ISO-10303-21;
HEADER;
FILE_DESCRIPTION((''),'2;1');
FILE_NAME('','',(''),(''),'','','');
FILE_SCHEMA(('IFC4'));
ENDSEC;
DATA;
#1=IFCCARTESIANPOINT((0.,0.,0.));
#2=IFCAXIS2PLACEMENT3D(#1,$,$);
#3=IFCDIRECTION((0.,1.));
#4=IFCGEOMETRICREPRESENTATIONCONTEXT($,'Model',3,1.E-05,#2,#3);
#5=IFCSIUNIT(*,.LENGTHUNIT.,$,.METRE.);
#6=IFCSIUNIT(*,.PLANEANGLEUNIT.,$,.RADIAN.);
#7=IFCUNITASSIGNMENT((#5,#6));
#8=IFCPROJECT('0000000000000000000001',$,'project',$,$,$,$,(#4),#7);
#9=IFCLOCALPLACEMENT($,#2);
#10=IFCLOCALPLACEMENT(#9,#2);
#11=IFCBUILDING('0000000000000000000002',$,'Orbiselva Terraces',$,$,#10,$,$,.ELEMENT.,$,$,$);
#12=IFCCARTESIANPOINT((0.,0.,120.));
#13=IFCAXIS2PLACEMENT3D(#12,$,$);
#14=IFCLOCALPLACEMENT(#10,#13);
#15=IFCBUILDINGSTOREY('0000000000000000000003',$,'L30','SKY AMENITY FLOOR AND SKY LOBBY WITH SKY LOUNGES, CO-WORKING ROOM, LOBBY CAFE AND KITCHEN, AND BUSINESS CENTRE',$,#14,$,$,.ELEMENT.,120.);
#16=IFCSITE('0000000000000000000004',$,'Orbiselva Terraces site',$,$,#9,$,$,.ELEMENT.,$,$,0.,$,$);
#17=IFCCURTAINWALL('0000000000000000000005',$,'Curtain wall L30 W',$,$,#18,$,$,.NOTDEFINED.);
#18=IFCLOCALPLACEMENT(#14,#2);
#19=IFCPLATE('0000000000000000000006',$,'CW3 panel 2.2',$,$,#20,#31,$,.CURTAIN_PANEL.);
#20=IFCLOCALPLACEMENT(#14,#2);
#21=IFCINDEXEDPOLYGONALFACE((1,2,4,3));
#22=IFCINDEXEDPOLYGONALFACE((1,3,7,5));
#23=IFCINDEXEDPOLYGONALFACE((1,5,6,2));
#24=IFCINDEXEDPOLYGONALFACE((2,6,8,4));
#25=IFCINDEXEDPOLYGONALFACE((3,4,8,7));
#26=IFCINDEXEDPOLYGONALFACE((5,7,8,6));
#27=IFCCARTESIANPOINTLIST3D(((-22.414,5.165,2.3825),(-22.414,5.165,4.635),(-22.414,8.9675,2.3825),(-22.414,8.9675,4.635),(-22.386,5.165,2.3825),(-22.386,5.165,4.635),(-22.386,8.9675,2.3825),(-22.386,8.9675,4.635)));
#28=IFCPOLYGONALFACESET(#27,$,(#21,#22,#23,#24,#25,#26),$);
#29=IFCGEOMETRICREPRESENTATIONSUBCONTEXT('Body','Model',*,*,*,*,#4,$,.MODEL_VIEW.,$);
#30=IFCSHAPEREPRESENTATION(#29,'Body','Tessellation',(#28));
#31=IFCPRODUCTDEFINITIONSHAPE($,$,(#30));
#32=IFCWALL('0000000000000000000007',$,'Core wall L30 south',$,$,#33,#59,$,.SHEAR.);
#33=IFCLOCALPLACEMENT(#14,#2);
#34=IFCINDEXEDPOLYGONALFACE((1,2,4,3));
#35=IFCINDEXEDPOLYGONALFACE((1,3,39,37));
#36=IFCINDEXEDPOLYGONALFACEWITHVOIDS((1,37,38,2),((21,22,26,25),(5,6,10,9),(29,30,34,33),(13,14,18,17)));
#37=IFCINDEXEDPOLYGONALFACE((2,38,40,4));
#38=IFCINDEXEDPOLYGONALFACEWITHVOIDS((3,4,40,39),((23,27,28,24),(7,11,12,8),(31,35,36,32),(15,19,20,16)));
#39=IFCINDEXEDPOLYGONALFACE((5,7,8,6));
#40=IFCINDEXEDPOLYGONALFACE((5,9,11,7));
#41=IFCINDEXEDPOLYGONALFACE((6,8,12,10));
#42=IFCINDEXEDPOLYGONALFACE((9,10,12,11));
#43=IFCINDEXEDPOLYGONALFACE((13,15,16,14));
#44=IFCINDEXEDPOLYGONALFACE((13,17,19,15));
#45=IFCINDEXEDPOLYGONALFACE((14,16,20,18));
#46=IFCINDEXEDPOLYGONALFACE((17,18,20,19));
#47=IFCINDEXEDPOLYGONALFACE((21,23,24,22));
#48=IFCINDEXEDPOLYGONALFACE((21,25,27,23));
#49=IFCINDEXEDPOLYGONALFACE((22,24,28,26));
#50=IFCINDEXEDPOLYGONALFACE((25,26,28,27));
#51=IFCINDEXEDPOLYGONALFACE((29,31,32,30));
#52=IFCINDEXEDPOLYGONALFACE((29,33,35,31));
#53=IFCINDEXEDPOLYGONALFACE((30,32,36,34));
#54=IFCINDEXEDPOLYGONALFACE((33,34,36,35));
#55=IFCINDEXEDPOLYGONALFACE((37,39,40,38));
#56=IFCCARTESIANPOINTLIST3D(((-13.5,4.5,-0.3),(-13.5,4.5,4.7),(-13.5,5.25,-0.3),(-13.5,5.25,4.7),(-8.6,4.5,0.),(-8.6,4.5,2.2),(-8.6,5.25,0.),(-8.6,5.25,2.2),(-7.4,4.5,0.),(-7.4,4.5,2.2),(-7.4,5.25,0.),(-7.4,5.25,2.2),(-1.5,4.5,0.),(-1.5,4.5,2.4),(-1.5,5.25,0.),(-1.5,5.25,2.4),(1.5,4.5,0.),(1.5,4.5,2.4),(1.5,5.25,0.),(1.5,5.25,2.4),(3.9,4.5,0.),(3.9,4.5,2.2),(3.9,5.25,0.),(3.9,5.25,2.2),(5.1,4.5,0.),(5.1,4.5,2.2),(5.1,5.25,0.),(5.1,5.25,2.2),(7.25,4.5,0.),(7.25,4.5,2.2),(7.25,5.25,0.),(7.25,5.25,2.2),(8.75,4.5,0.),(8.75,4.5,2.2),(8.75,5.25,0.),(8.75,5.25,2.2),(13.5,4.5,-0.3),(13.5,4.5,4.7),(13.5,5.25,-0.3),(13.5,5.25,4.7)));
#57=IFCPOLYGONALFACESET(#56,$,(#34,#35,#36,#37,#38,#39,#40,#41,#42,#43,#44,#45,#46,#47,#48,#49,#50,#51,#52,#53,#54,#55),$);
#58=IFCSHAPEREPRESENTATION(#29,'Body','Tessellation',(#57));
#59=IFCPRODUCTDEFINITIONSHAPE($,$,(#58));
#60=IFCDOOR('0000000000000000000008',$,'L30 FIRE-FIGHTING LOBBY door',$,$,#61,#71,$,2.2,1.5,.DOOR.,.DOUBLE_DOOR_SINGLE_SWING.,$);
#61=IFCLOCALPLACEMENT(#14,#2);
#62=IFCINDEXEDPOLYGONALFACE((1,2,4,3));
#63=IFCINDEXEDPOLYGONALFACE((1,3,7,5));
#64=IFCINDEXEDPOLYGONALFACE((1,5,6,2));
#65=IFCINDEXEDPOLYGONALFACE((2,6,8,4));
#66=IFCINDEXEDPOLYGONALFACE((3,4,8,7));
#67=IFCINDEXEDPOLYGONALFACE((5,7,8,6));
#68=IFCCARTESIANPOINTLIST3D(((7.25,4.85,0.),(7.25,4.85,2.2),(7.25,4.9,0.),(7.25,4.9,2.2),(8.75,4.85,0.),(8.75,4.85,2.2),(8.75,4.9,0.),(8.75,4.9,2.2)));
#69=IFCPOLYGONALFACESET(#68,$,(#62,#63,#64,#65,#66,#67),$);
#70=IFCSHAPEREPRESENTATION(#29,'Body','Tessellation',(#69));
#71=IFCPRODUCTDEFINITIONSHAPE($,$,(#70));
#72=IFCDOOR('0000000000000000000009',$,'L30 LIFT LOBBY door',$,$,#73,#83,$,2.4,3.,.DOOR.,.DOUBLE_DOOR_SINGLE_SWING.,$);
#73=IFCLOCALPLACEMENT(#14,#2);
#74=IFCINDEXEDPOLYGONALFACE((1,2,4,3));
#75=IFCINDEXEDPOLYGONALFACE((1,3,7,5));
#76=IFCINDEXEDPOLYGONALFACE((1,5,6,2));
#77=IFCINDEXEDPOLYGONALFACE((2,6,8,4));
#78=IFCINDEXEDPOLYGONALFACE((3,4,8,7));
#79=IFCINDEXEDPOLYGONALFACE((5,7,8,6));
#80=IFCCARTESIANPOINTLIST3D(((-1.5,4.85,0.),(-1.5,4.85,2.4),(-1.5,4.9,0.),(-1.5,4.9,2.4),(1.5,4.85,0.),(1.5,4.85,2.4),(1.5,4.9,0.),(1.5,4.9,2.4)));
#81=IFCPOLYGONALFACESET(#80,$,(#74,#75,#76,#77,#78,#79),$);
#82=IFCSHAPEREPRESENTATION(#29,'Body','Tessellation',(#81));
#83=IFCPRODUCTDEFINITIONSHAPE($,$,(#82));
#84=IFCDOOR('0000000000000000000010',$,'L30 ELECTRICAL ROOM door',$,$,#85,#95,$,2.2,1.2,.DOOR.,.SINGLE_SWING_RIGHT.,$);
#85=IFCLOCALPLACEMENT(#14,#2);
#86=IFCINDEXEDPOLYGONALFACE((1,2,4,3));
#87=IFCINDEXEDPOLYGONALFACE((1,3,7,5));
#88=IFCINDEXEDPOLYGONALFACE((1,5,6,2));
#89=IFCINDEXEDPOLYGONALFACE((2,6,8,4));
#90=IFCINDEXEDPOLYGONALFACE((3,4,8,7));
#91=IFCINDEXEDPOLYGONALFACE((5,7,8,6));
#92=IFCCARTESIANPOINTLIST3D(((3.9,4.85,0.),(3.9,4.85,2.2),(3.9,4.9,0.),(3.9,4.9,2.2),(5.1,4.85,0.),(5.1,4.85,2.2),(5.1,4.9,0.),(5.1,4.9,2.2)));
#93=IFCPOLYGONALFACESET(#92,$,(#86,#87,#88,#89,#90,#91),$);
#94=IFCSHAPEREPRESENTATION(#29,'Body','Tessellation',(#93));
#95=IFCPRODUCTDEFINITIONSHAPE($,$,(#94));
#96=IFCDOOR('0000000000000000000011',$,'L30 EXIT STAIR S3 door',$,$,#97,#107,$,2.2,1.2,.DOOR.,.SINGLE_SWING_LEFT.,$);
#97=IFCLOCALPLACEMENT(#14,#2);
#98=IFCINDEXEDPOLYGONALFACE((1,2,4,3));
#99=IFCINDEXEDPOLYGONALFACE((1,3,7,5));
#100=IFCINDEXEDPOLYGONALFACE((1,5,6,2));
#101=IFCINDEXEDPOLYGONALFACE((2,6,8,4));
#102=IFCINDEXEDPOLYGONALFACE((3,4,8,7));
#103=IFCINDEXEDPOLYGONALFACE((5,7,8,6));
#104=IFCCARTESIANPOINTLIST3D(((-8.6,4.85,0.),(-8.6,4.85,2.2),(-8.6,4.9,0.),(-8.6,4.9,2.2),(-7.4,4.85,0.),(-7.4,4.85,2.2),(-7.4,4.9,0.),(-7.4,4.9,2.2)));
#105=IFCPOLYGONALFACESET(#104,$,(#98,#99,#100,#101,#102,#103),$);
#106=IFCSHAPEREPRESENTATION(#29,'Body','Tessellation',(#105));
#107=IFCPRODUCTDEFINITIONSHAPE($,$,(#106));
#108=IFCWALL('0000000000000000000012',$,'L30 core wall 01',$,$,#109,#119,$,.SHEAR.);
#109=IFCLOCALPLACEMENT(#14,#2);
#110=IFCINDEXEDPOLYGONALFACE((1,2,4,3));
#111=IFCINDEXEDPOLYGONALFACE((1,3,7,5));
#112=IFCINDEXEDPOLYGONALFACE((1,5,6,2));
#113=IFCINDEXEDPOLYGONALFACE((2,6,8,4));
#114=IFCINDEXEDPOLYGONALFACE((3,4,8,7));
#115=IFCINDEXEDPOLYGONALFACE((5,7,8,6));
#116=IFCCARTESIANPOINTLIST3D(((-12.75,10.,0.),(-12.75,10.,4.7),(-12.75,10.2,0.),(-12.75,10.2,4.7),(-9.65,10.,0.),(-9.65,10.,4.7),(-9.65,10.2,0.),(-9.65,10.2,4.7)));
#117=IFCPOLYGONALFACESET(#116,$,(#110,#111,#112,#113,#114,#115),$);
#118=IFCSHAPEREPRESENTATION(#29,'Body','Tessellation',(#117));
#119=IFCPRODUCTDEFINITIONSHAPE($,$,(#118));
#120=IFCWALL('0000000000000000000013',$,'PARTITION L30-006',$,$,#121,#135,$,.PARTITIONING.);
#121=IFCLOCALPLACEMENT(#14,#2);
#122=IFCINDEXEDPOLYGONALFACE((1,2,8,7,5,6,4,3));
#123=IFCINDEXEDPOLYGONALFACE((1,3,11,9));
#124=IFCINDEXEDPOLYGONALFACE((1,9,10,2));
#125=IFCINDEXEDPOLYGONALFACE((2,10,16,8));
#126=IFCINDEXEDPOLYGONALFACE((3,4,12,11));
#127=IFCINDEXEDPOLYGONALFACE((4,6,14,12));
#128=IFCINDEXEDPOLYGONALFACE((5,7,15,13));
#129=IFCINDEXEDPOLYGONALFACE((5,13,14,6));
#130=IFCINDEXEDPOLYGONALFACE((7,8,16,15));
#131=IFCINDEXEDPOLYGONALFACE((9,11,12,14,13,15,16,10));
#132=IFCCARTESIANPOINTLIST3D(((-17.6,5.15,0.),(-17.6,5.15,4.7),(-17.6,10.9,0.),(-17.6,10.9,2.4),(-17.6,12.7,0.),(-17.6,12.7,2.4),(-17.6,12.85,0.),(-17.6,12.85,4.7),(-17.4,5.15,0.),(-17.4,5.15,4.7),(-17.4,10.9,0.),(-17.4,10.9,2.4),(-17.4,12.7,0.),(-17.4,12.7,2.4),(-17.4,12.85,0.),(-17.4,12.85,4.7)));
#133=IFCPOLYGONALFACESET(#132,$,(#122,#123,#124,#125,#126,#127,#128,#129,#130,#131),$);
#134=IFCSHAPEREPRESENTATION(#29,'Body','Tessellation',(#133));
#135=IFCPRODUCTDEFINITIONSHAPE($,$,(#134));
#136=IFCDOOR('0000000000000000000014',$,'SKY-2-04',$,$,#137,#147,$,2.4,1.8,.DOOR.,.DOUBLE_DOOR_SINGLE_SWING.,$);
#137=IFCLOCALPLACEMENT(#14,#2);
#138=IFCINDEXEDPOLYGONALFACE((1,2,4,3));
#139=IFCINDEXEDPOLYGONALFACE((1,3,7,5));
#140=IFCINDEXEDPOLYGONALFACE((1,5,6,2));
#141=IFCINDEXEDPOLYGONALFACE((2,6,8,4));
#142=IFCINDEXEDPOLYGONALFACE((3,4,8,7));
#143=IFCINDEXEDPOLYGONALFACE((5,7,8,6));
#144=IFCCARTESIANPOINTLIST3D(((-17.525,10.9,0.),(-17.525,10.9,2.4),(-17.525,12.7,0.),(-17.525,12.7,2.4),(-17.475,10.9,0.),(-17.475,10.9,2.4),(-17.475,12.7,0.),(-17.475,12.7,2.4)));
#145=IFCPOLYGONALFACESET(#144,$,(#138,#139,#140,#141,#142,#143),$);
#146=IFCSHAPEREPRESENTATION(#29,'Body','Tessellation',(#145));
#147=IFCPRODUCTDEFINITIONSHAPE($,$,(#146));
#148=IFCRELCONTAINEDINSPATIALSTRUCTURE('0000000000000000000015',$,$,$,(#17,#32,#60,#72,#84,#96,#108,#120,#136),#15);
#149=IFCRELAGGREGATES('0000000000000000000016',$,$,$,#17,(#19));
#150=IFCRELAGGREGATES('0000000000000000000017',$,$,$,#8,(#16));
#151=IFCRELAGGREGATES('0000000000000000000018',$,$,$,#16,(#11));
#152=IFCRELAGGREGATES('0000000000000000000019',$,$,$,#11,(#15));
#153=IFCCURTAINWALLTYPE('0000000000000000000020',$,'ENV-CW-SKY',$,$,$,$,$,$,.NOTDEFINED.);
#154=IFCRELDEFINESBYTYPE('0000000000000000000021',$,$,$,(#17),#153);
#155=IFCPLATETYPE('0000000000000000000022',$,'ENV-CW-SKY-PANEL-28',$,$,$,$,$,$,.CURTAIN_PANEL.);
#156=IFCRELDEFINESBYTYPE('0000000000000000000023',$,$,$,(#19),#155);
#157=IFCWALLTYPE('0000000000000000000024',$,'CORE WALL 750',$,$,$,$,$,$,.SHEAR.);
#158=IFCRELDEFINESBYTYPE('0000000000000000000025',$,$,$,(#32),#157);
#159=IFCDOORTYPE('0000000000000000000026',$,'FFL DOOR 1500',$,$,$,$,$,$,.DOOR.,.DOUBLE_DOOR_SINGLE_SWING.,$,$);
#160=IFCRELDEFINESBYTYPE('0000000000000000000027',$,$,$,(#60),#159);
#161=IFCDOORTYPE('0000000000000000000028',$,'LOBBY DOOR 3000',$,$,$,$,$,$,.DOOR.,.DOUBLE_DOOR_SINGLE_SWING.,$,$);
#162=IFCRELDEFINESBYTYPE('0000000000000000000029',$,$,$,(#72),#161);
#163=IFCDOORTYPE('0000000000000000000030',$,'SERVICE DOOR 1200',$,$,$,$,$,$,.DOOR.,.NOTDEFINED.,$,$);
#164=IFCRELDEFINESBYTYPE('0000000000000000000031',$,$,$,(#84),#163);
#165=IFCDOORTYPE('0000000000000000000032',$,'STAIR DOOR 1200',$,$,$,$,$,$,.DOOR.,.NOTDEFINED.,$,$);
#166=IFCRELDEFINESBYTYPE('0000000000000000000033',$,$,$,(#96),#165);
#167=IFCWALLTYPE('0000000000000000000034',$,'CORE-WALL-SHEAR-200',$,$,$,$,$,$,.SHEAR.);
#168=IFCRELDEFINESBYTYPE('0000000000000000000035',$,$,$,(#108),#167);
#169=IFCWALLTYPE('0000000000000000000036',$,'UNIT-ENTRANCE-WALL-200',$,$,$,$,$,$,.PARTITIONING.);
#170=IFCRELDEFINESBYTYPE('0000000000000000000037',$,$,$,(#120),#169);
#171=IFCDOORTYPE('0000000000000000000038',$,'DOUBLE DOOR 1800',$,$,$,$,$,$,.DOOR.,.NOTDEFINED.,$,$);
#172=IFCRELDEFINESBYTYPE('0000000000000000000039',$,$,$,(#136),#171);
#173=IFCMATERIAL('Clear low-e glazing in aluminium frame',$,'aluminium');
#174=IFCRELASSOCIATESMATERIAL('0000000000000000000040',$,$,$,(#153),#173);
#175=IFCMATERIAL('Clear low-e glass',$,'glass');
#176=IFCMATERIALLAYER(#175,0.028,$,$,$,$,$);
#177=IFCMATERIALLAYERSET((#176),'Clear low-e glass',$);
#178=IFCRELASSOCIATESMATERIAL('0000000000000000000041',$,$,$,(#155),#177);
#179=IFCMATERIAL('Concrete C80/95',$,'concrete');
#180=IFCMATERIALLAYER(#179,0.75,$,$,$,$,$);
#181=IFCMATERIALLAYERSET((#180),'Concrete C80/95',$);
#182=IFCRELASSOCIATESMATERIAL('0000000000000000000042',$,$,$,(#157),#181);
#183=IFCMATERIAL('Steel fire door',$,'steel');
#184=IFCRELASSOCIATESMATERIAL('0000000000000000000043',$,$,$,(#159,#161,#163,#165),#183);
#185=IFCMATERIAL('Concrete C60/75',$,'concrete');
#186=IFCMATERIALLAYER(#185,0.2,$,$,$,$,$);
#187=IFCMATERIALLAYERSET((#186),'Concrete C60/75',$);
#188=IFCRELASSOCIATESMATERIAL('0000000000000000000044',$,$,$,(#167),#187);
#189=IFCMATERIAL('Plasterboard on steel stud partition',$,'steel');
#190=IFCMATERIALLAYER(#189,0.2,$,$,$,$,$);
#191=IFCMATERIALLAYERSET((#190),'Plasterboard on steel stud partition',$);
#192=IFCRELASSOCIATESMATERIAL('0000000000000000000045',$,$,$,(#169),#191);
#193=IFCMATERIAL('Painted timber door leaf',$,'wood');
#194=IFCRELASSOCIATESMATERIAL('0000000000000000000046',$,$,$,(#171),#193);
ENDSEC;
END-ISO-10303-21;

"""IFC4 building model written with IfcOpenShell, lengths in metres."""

from ifc_helpers import new_model, si_unit, direction, frame, frame_2d, origin, origin_2d, place, context, subcontext, project, spatial, rectangle, extrude, material, layer, layer_set, type_object, element, fill, aggregate, save


model = new_model("IFC4")

# Units and contexts
model_context = context("Model", 3, precision=1e-05, world=origin(), true_north=direction((0.0, 1.0)))
body_context = subcontext(model_context, "Body", "Model", "MODEL_VIEW")
ifc_project = project(units=[si_unit("LENGTHUNIT", "METRE"), si_unit("PLANEANGLEUNIT", "RADIAN")], contexts=[model_context])

# Site, building, storey
site_placement = place(None, origin())
site = spatial("IfcSite", under=ifc_project, at=site_placement, Name="Orbiselva Terraces site", CompositionType="ELEMENT", RefElevation=0.0)
building_placement = place(site_placement, origin())
building = spatial("IfcBuilding", under=site, at=building_placement, Name="Orbiselva Terraces", CompositionType="ELEMENT")
storey_placement = place(building_placement, frame((0.0, 0.0, 120.0)))
storey = spatial("IfcBuildingStorey", under=building, at=storey_placement, Name="L30", Description="SKY AMENITY FLOOR AND SKY LOBBY WITH SKY LOUNGES, CO-WORKING ROOM, LOBBY CAFE AND KITCHEN, AND BUSINESS CENTRE", CompositionType="ELEMENT", Elevation=120.0)

# Shared definitions
ifc_material_1 = material(Name="Concrete C60/75", Category="concrete")

# Curtain wall, plate
ifc_material_2 = material(Name="Clear low-e glazing in aluminium frame", Category="aluminium")
curtain_wall_type = type_object("IfcCurtainWallType", Name="ENV-CW-SKY", PredefinedType="NOTDEFINED", material=ifc_material_2)
curtain_wall_placement = place(storey_placement, origin())
curtain_wall = element("IfcCurtainWall", 1, at=curtain_wall_placement, inside=storey, type_object=curtain_wall_type, Name="Curtain wall L30 W", PredefinedType="NOTDEFINED")
ifc_material_3 = material(Name="Clear low-e glass", Category="glass")
ifc_layer_1 = layer(ifc_material_3, 0.028)
ifc_layer_set_1 = layer_set([ifc_layer_1], Name="Clear low-e glass")
plate_type = type_object("IfcPlateType", Name="ENV-CW-SKY-PANEL-28", PredefinedType="CURTAIN_PANEL", material=ifc_layer_set_1)
plate_1_placement = place(storey_placement, frame((-22.4, 7.0663, 2.3825), z_axis=(0.0, 0.0, 1.0), x_axis=(0.0, -1.0, 0.0)))
plate_1 = element("IfcPlate", 2, at=plate_1_placement, type_object=plate_type, Name="CW3 panel 2.2", PredefinedType="CURTAIN_PANEL", context=body_context, shape_type="SweptSolid", body=[
    extrude(rectangle(XDim=3.8025, YDim=0.028, at=origin_2d()), origin(), (0.0, 0.0, 1.0), 2.2525),
])
aggregate(curtain_wall, [plate_1])

# Wall, openings, doors
ifc_material_4 = material(Name="Concrete C80/95", Category="concrete")
ifc_layer_2 = layer(ifc_material_4, 0.75)
ifc_layer_set_2 = layer_set([ifc_layer_2], Name="Concrete C80/95")
wall_type_1 = type_object("IfcWallType", Name="CORE WALL 750", PredefinedType="SHEAR", material=ifc_layer_set_2)
wall_1_placement = place(storey_placement, frame((-13.5, 4.875, -0.3), z_axis=(0.0, 0.0, 1.0), x_axis=(1.0, 0.0, 0.0)))
wall_1 = element("IfcWall", 3, at=wall_1_placement, inside=storey, type_object=wall_type_1, Name="Core wall L30 south", PredefinedType="SHEAR", context=body_context, shape_type="SweptSolid", body=[
    extrude(rectangle(XDim=27.0, YDim=0.75, at=frame_2d((13.5, 0.0))), origin(), (0.0, 0.0, 1.0), 5.0),
])
opening_1_placement = place(wall_1_placement, frame((12.0, 0.0, 0.3)))
opening_1 = element("IfcOpeningElement", 4, at=opening_1_placement, cuts=wall_1, PredefinedType="OPENING", context=body_context, shape_type="SweptSolid", body=[
    extrude(rectangle(XDim=3.0, YDim=2.4, at=frame_2d((1.5, 1.2))), frame((0.0, 0.385, 0.0), z_axis=(0.0, -1.0, 0.0), x_axis=(1.0, 0.0, 0.0)), (0.0, 0.0, 1.0), 0.77),
])
opening_2_placement = place(wall_1_placement, frame((4.9, 0.0, 0.3)))
opening_2 = element("IfcOpeningElement", 5, at=opening_2_placement, cuts=wall_1, PredefinedType="OPENING", context=body_context, shape_type="SweptSolid", body=[
    extrude(rectangle(XDim=1.2, YDim=2.2, at=frame_2d((0.6, 1.1))), frame((0.0, 0.385, 0.0), z_axis=(0.0, -1.0, 0.0), x_axis=(1.0, 0.0, 0.0)), (0.0, 0.0, 1.0), 0.77),
])
opening_3_placement = place(wall_1_placement, frame((20.75, 0.0, 0.3)))
opening_3 = element("IfcOpeningElement", 6, at=opening_3_placement, cuts=wall_1, PredefinedType="OPENING", context=body_context, shape_type="SweptSolid", body=[
    extrude(rectangle(XDim=1.5, YDim=2.2, at=frame_2d((0.75, 1.1))), frame((0.0, 0.385, 0.0), z_axis=(0.0, -1.0, 0.0), x_axis=(1.0, 0.0, 0.0)), (0.0, 0.0, 1.0), 0.77),
])
opening_4_placement = place(wall_1_placement, frame((17.4, 0.0, 0.3)))
opening_4 = element("IfcOpeningElement", 7, at=opening_4_placement, cuts=wall_1, PredefinedType="OPENING", context=body_context, shape_type="SweptSolid", body=[
    extrude(rectangle(XDim=1.2, YDim=2.2, at=frame_2d((0.6, 1.1))), frame((0.0, 0.385, 0.0), z_axis=(0.0, -1.0, 0.0), x_axis=(1.0, 0.0, 0.0)), (0.0, 0.0, 1.0), 0.77),
])
ifc_material_5 = material(Name="Steel fire door", Category="steel")
door_type_1 = type_object("IfcDoorType", Name="FFL DOOR 1500", OperationType="DOUBLE_DOOR_SINGLE_SWING", PredefinedType="DOOR", material=ifc_material_5)
door_1_placement = place(opening_3_placement, frame((1.5, 0.0, 0.0), z_axis=(0.0, 0.0, 1.0), x_axis=(-1.0, 0.0, 0.0)))
door_1 = element("IfcDoor", 8, at=door_1_placement, inside=storey, type_object=door_type_1, Name="L30 FIRE-FIGHTING LOBBY door", OperationType="DOUBLE_DOOR_SINGLE_SWING", OverallHeight=2.2, OverallWidth=1.5, PredefinedType="DOOR", context=body_context, shape_type="SweptSolid", body=[
    extrude(rectangle(XDim=1.5, YDim=2.2, at=frame_2d((0.75, 1.1))), frame((0.0, 0.025, 0.0), z_axis=(0.0, -1.0, 0.0), x_axis=(1.0, 0.0, 0.0)), (0.0, 0.0, 1.0), 0.05),
])
fill(opening_3, door_1)
door_type_2 = type_object("IfcDoorType", Name="LOBBY DOOR 3000", OperationType="DOUBLE_DOOR_SINGLE_SWING", PredefinedType="DOOR", material=ifc_material_5)
door_2_placement = place(opening_1_placement, frame((3.0, 0.0, 0.0), z_axis=(0.0, 0.0, 1.0), x_axis=(-1.0, 0.0, 0.0)))
door_2 = element("IfcDoor", 9, at=door_2_placement, inside=storey, type_object=door_type_2, Name="L30 LIFT LOBBY door", OperationType="DOUBLE_DOOR_SINGLE_SWING", OverallHeight=2.4, OverallWidth=3.0, PredefinedType="DOOR", context=body_context, shape_type="SweptSolid", body=[
    extrude(rectangle(XDim=3.0, YDim=2.4, at=frame_2d((1.5, 1.2))), frame((0.0, 0.025, 0.0), z_axis=(0.0, -1.0, 0.0), x_axis=(1.0, 0.0, 0.0)), (0.0, 0.0, 1.0), 0.05),
])
fill(opening_1, door_2)
door_type_3 = type_object("IfcDoorType", Name="SERVICE DOOR 1200", OperationType="NOTDEFINED", PredefinedType="DOOR", material=ifc_material_5)
door_3_placement = place(opening_4_placement, frame((1.2, 0.0, 0.0), z_axis=(0.0, 0.0, 1.0), x_axis=(-1.0, 0.0, 0.0)))
door_3 = element("IfcDoor", 10, at=door_3_placement, inside=storey, type_object=door_type_3, Name="L30 ELECTRICAL ROOM door", OperationType="SINGLE_SWING_RIGHT", OverallHeight=2.2, OverallWidth=1.2, PredefinedType="DOOR", context=body_context, shape_type="SweptSolid", body=[
    extrude(rectangle(XDim=1.2, YDim=2.2, at=frame_2d((0.6, 1.1))), frame((0.0, 0.025, 0.0), z_axis=(0.0, -1.0, 0.0), x_axis=(1.0, 0.0, 0.0)), (0.0, 0.0, 1.0), 0.05),
])
fill(opening_4, door_3)
door_type_4 = type_object("IfcDoorType", Name="STAIR DOOR 1200", OperationType="NOTDEFINED", PredefinedType="DOOR", material=ifc_material_5)
door_4_placement = place(opening_2_placement, frame((1.2, 0.0, 0.0), z_axis=(0.0, 0.0, 1.0), x_axis=(-1.0, 0.0, 0.0)))
door_4 = element("IfcDoor", 11, at=door_4_placement, inside=storey, type_object=door_type_4, Name="L30 EXIT STAIR S3 door", OperationType="SINGLE_SWING_LEFT", OverallHeight=2.2, OverallWidth=1.2, PredefinedType="DOOR", context=body_context, shape_type="SweptSolid", body=[
    extrude(rectangle(XDim=1.2, YDim=2.2, at=frame_2d((0.6, 1.1))), frame((0.0, 0.025, 0.0), z_axis=(0.0, -1.0, 0.0), x_axis=(1.0, 0.0, 0.0)), (0.0, 0.0, 1.0), 0.05),
])
fill(opening_2, door_4)

# Wall
ifc_layer_3 = layer(ifc_material_1, 0.2)
ifc_layer_set_3 = layer_set([ifc_layer_3], Name="Concrete C60/75")
wall_type_2 = type_object("IfcWallType", Name="CORE-WALL-SHEAR-200", PredefinedType="SHEAR", material=ifc_layer_set_3)
wall_2_placement = place(storey_placement, frame((-12.75, 10.1, 0.0), z_axis=(0.0, 0.0, 1.0), x_axis=(1.0, 0.0, 0.0)))
element("IfcWall", 12, at=wall_2_placement, inside=storey, type_object=wall_type_2, Name="L30 core wall 01", PredefinedType="SHEAR", context=body_context, shape_type="SweptSolid", body=[
    extrude(rectangle(XDim=3.1, YDim=0.2, at=frame_2d((1.55, 0.0))), origin(), (0.0, 0.0, 1.0), 4.7),
])

# Wall, opening, door
ifc_material_6 = material(Name="Plasterboard on steel stud partition", Category="steel")
ifc_layer_4 = layer(ifc_material_6, 0.2)
ifc_layer_set_4 = layer_set([ifc_layer_4], Name="Plasterboard on steel stud partition")
wall_type_3 = type_object("IfcWallType", Name="UNIT-ENTRANCE-WALL-200", PredefinedType="PARTITIONING", material=ifc_layer_set_4)
wall_3_placement = place(storey_placement, frame((-17.5, 12.85, 0.0), z_axis=(0.0, 0.0, 1.0), x_axis=(0.0, -1.0, 0.0)))
wall_3 = element("IfcWall", 13, at=wall_3_placement, inside=storey, type_object=wall_type_3, Name="PARTITION L30-006", PredefinedType="PARTITIONING", context=body_context, shape_type="SweptSolid", body=[
    extrude(rectangle(XDim=7.7, YDim=0.2, at=frame_2d((3.85, 0.0))), origin(), (0.0, 0.0, 1.0), 4.7),
])
opening_5_placement = place(wall_3_placement, frame((0.15, 0.0, 0.0)))
opening_5 = element("IfcOpeningElement", 14, at=opening_5_placement, cuts=wall_3, PredefinedType="OPENING", context=body_context, shape_type="SweptSolid", body=[
    extrude(rectangle(XDim=1.8, YDim=2.4, at=frame_2d((0.9, 1.2))), frame((0.0, 0.11, 0.0), z_axis=(0.0, -1.0, 0.0), x_axis=(1.0, 0.0, 0.0)), (0.0, 0.0, 1.0), 0.22),
])
ifc_material_7 = material(Name="Painted timber door leaf", Category="wood")
door_type_5 = type_object("IfcDoorType", Name="DOUBLE DOOR 1800", OperationType="NOTDEFINED", PredefinedType="DOOR", material=ifc_material_7)
door_5_placement = place(opening_5_placement, origin())
door_5 = element("IfcDoor", 15, at=door_5_placement, inside=storey, type_object=door_type_5, Name="SKY-2-04", OperationType="DOUBLE_DOOR_SINGLE_SWING", OverallHeight=2.4, OverallWidth=1.8, PredefinedType="DOOR", context=body_context, shape_type="SweptSolid", body=[
    extrude(rectangle(XDim=1.8, YDim=2.4, at=frame_2d((0.9, 1.2))), frame((0.0, 0.025, 0.0), z_axis=(0.0, -1.0, 0.0), x_axis=(1.0, 0.0, 0.0)), (0.0, 0.0, 1.0), 0.05),
])
fill(opening_5, door_5)

save(model, "model.ifc")
